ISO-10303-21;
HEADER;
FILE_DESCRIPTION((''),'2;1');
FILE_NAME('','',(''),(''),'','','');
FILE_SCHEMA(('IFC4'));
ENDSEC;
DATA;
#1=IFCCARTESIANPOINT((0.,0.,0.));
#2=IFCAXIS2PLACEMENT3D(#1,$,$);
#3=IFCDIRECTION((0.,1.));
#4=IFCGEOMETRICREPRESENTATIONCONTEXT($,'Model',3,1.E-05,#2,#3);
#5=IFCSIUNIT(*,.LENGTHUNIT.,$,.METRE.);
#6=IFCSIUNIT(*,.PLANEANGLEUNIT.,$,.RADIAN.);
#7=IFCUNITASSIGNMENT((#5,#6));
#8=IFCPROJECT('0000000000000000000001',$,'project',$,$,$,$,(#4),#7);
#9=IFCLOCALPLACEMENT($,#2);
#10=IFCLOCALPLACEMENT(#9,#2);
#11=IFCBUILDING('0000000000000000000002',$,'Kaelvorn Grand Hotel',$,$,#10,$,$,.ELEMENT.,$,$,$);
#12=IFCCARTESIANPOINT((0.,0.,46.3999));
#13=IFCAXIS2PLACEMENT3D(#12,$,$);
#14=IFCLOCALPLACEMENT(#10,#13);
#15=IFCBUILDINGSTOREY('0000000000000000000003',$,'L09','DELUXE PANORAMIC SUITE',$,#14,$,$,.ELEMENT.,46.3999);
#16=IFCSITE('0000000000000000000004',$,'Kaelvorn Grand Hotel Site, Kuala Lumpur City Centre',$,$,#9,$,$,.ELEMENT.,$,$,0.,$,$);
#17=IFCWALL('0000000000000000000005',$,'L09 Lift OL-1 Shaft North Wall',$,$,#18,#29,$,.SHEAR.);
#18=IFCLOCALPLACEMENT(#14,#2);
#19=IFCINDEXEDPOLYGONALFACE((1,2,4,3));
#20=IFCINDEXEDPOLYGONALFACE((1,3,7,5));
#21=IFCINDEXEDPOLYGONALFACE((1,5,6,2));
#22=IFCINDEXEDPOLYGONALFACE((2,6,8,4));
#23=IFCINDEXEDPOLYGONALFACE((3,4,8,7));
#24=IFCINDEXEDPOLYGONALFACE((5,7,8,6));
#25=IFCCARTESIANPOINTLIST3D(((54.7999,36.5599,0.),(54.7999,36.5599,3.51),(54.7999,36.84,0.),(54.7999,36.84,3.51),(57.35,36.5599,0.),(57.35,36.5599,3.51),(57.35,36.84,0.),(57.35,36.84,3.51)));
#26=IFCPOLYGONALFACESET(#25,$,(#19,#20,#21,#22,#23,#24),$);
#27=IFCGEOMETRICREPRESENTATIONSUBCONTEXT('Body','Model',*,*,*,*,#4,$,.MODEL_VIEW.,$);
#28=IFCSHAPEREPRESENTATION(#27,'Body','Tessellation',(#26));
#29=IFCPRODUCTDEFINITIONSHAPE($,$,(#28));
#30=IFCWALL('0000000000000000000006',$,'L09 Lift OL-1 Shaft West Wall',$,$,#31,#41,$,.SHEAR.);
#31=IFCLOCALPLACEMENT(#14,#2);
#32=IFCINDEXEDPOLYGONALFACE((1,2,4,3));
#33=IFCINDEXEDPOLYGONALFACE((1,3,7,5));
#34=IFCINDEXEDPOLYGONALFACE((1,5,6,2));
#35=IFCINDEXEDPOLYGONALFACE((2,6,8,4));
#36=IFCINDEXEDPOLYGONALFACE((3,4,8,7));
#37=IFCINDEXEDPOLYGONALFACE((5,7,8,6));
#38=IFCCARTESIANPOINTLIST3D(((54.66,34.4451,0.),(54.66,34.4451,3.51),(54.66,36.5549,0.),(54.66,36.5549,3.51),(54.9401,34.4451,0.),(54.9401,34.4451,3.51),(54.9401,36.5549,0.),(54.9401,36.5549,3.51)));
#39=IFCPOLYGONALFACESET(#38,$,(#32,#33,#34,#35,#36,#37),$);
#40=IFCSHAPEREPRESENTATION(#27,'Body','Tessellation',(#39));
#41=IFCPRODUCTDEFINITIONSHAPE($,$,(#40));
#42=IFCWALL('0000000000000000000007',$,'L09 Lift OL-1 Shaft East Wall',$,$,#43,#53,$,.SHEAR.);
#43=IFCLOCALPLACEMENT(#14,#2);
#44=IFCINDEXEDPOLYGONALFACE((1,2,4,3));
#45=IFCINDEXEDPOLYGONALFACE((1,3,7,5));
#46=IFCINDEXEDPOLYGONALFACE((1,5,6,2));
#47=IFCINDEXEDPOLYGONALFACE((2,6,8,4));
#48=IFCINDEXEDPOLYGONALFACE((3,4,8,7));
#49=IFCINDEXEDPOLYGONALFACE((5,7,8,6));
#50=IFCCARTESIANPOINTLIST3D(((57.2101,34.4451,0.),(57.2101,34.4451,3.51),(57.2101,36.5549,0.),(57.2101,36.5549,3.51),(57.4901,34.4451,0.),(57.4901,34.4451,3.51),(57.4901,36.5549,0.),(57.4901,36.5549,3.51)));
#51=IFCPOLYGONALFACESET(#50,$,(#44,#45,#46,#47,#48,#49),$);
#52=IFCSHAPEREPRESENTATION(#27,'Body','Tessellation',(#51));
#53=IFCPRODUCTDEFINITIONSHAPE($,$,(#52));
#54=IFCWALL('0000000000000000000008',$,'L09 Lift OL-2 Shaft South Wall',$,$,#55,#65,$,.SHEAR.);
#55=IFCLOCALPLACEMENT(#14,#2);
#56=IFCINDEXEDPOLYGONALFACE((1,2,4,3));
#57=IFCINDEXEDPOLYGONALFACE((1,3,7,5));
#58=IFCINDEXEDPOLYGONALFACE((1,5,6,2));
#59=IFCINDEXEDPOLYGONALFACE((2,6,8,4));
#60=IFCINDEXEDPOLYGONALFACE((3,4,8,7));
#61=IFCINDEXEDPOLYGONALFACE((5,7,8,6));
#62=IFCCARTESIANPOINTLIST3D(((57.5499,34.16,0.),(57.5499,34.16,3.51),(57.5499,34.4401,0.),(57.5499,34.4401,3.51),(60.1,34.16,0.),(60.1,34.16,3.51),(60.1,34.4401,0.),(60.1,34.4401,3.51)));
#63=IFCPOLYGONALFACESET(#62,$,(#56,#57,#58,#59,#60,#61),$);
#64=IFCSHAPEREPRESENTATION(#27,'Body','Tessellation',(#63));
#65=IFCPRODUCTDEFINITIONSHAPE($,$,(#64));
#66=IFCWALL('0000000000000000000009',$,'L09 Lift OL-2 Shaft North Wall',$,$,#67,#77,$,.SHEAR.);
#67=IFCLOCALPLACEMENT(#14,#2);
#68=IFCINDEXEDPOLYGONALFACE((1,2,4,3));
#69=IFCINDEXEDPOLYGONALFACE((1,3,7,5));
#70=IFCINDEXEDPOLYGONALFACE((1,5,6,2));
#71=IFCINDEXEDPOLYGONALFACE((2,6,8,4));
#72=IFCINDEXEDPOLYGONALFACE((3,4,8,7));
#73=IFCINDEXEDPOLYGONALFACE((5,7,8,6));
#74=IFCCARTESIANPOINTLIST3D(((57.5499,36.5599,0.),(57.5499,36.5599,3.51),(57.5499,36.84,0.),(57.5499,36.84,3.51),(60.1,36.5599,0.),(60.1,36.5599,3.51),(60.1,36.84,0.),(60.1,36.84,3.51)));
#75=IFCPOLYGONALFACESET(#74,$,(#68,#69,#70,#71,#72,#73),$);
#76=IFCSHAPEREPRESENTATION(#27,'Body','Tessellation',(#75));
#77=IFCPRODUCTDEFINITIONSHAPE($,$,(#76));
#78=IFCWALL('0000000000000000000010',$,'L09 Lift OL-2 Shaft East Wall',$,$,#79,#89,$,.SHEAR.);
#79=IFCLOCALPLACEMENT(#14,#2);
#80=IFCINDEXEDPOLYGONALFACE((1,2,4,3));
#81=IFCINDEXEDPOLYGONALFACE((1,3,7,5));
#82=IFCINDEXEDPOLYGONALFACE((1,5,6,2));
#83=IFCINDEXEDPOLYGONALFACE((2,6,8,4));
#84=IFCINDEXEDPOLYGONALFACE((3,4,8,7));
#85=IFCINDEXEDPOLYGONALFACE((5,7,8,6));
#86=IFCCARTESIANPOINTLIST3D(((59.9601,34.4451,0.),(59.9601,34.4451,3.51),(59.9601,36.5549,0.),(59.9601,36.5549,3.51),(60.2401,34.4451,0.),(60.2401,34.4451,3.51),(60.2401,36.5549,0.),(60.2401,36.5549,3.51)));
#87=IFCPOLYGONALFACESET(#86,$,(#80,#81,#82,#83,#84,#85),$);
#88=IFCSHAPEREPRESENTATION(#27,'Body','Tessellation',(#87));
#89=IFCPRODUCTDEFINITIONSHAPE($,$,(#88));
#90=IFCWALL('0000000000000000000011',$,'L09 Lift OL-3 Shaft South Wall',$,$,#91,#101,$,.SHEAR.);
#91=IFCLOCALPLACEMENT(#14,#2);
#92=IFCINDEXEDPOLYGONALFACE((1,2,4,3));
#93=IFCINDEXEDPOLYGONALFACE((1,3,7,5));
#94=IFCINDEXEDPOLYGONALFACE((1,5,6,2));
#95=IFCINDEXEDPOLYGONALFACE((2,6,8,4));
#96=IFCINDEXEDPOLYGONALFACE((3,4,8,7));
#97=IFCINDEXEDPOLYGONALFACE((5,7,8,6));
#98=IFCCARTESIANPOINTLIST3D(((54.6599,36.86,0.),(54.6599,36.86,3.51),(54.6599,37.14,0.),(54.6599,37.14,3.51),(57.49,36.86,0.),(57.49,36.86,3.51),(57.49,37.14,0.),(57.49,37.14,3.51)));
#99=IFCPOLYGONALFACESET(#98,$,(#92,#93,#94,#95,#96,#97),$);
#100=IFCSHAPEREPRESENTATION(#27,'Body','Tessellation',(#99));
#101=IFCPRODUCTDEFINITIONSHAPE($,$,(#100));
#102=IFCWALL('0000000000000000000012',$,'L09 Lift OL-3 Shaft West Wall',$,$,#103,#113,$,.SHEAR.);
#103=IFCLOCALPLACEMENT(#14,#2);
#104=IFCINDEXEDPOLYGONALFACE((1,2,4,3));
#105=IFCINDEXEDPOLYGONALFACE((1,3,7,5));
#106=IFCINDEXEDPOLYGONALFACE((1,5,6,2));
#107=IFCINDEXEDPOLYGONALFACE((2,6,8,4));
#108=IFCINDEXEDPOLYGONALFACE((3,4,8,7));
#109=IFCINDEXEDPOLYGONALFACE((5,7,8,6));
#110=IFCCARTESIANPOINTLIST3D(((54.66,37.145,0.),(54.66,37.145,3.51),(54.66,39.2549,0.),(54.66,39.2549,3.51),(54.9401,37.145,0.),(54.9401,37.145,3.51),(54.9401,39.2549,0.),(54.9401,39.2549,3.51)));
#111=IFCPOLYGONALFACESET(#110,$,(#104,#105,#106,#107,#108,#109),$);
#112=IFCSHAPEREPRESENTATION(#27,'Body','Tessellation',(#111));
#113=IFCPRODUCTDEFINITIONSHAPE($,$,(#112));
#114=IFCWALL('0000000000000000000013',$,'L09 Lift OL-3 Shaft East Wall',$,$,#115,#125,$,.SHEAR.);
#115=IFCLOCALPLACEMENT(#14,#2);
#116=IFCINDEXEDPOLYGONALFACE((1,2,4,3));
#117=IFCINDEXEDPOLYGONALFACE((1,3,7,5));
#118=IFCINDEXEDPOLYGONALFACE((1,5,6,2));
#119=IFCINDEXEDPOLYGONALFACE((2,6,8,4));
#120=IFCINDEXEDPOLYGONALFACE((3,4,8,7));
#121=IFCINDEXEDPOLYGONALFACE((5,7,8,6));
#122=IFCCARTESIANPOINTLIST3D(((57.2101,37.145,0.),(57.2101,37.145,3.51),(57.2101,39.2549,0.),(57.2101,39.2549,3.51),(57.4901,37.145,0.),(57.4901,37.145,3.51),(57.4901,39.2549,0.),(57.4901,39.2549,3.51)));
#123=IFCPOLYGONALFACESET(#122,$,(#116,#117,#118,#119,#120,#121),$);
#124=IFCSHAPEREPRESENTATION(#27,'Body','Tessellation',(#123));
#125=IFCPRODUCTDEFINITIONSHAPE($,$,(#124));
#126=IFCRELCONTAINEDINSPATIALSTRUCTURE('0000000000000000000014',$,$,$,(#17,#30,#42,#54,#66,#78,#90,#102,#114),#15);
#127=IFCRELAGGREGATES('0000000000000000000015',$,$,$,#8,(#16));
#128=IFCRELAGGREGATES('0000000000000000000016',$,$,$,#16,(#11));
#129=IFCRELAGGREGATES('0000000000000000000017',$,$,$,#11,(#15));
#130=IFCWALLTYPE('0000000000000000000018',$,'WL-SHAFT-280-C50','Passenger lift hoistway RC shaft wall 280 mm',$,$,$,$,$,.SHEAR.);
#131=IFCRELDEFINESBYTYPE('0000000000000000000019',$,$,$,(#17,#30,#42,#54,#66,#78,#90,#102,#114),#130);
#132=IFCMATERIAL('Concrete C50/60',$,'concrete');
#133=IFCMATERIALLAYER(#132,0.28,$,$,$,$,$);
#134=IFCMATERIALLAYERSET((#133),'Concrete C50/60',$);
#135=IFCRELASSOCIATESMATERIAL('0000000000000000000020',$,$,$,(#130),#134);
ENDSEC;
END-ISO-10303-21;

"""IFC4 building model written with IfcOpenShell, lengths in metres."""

from ifc_helpers import new_model, si_unit, direction, frame, frame_2d, origin, place, context, subcontext, project, spatial, rectangle, extrude, material, layer, layer_set, type_object, element, save


model = new_model("IFC4")

# Units and contexts
model_context = context("Model", 3, precision=1e-05, world=origin(), true_north=direction((0.0, 1.0)))
body_context = subcontext(model_context, "Body", "Model", "MODEL_VIEW")
ifc_project = project(units=[si_unit("LENGTHUNIT", "METRE"), si_unit("PLANEANGLEUNIT", "RADIAN")], contexts=[model_context])

# Site, building, storey
site_placement = place(None, origin())
site = spatial("IfcSite", under=ifc_project, at=site_placement, Name="Kaelvorn Grand Hotel Site, Kuala Lumpur City Centre", CompositionType="ELEMENT", RefElevation=0.0)
building_placement = place(site_placement, origin())
building = spatial("IfcBuilding", under=site, at=building_placement, Name="Kaelvorn Grand Hotel", CompositionType="ELEMENT")
storey_placement = place(building_placement, frame((0.0, 0.0, 46.3999)))
storey = spatial("IfcBuildingStorey", under=building, at=storey_placement, Name="L09", Description="DELUXE PANORAMIC SUITE", CompositionType="ELEMENT", Elevation=46.3999)

# Walls
ifc_material_1 = material(Name="Concrete C50/60", Category="concrete")
ifc_layer_1 = layer(ifc_material_1, 0.28)
ifc_layer_set_1 = layer_set([ifc_layer_1], Name="Concrete C50/60")
wall_type_1 = type_object("IfcWallType", Name="WL-SHAFT-280-C50", Description="Passenger lift hoistway RC shaft wall 280 mm", PredefinedType="SHEAR", material=ifc_layer_set_1)
for number, where, z_axis, x_axis, name in (
    (1, (54.8, 36.7, 0.0), (0.0, 0.0, 1.0), (1.0, 0.0, 0.0), "L09 Lift OL-1 Shaft North Wall"),
):
    element("IfcWall", number, at=place(storey_placement, frame(where, z_axis=z_axis, x_axis=x_axis)), inside=storey, type_object=wall_type_1, Name=name, PredefinedType="SHEAR", context=body_context, shape_type="SweptSolid", body=[
        extrude(rectangle(XDim=2.55, YDim=0.28, at=frame_2d((1.2749, 0.0))), origin(), (0.0, 0.0, 1.0), 3.51),
    ])
for number, where, z_axis, x_axis, name in (
    (2, (54.8, 34.4451, 0.0), (0.0, 0.0, 1.0), (0.0, 1.0, 0.0), "L09 Lift OL-1 Shaft West Wall"),
    (3, (57.3501, 34.4451, 0.0), (0.0, 0.0, 1.0), (0.0, 1.0, 0.0), "L09 Lift OL-1 Shaft East Wall"),
):
    element("IfcWall", number, at=place(storey_placement, frame(where, z_axis=z_axis, x_axis=x_axis)), inside=storey, type_object=wall_type_1, Name=name, PredefinedType="SHEAR", context=body_context, shape_type="SweptSolid", body=[
        extrude(rectangle(XDim=2.1099, YDim=0.28, at=frame_2d((1.0549, 0.0))), origin(), (0.0, 0.0, 1.0), 3.51),
    ])
for number, where, z_axis, x_axis, name in (
    (4, (57.55, 34.3, 0.0), (0.0, 0.0, 1.0), (1.0, 0.0, 0.0), "L09 Lift OL-2 Shaft South Wall"),
    (5, (57.55, 36.7, 0.0), (0.0, 0.0, 1.0), (1.0, 0.0, 0.0), "L09 Lift OL-2 Shaft North Wall"),
):
    element("IfcWall", number, at=place(storey_placement, frame(where, z_axis=z_axis, x_axis=x_axis)), inside=storey, type_object=wall_type_1, Name=name, PredefinedType="SHEAR", context=body_context, shape_type="SweptSolid", body=[
        extrude(rectangle(XDim=2.55, YDim=0.28, at=frame_2d((1.2749, 0.0))), origin(), (0.0, 0.0, 1.0), 3.51),
    ])
wall_1_placement = place(storey_placement, frame((60.1001, 34.4451, 0.0), z_axis=(0.0, 0.0, 1.0), x_axis=(0.0, 1.0, 0.0)))
element("IfcWall", 6, at=wall_1_placement, inside=storey, type_object=wall_type_1, Name="L09 Lift OL-2 Shaft East Wall", PredefinedType="SHEAR", context=body_context, shape_type="SweptSolid", body=[
    extrude(rectangle(XDim=2.1099, YDim=0.28, at=frame_2d((1.0549, 0.0))), origin(), (0.0, 0.0, 1.0), 3.51),
])
wall_2_placement = place(storey_placement, frame((54.6599, 37.0, 0.0), z_axis=(0.0, 0.0, 1.0), x_axis=(1.0, 0.0, 0.0)))
element("IfcWall", 7, at=wall_2_placement, inside=storey, type_object=wall_type_1, Name="L09 Lift OL-3 Shaft South Wall", PredefinedType="SHEAR", context=body_context, shape_type="SweptSolid", body=[
    extrude(rectangle(XDim=2.8301, YDim=0.28, at=frame_2d((1.415, 0.0))), origin(), (0.0, 0.0, 1.0), 3.51),
])
for number, where, z_axis, x_axis, name in (
    (8, (54.8, 37.145, 0.0), (0.0, 0.0, 1.0), (0.0, 1.0, 0.0), "L09 Lift OL-3 Shaft West Wall"),
    (9, (57.3501, 37.145, 0.0), (0.0, 0.0, 1.0), (0.0, 1.0, 0.0), "L09 Lift OL-3 Shaft East Wall"),
):
    element("IfcWall", number, at=place(storey_placement, frame(where, z_axis=z_axis, x_axis=x_axis)), inside=storey, type_object=wall_type_1, Name=name, PredefinedType="SHEAR", context=body_context, shape_type="SweptSolid", body=[
        extrude(rectangle(XDim=2.1099, YDim=0.28, at=frame_2d((1.0549, 0.0))), origin(), (0.0, 0.0, 1.0), 3.51),
    ])

save(model, "model.ifc")
